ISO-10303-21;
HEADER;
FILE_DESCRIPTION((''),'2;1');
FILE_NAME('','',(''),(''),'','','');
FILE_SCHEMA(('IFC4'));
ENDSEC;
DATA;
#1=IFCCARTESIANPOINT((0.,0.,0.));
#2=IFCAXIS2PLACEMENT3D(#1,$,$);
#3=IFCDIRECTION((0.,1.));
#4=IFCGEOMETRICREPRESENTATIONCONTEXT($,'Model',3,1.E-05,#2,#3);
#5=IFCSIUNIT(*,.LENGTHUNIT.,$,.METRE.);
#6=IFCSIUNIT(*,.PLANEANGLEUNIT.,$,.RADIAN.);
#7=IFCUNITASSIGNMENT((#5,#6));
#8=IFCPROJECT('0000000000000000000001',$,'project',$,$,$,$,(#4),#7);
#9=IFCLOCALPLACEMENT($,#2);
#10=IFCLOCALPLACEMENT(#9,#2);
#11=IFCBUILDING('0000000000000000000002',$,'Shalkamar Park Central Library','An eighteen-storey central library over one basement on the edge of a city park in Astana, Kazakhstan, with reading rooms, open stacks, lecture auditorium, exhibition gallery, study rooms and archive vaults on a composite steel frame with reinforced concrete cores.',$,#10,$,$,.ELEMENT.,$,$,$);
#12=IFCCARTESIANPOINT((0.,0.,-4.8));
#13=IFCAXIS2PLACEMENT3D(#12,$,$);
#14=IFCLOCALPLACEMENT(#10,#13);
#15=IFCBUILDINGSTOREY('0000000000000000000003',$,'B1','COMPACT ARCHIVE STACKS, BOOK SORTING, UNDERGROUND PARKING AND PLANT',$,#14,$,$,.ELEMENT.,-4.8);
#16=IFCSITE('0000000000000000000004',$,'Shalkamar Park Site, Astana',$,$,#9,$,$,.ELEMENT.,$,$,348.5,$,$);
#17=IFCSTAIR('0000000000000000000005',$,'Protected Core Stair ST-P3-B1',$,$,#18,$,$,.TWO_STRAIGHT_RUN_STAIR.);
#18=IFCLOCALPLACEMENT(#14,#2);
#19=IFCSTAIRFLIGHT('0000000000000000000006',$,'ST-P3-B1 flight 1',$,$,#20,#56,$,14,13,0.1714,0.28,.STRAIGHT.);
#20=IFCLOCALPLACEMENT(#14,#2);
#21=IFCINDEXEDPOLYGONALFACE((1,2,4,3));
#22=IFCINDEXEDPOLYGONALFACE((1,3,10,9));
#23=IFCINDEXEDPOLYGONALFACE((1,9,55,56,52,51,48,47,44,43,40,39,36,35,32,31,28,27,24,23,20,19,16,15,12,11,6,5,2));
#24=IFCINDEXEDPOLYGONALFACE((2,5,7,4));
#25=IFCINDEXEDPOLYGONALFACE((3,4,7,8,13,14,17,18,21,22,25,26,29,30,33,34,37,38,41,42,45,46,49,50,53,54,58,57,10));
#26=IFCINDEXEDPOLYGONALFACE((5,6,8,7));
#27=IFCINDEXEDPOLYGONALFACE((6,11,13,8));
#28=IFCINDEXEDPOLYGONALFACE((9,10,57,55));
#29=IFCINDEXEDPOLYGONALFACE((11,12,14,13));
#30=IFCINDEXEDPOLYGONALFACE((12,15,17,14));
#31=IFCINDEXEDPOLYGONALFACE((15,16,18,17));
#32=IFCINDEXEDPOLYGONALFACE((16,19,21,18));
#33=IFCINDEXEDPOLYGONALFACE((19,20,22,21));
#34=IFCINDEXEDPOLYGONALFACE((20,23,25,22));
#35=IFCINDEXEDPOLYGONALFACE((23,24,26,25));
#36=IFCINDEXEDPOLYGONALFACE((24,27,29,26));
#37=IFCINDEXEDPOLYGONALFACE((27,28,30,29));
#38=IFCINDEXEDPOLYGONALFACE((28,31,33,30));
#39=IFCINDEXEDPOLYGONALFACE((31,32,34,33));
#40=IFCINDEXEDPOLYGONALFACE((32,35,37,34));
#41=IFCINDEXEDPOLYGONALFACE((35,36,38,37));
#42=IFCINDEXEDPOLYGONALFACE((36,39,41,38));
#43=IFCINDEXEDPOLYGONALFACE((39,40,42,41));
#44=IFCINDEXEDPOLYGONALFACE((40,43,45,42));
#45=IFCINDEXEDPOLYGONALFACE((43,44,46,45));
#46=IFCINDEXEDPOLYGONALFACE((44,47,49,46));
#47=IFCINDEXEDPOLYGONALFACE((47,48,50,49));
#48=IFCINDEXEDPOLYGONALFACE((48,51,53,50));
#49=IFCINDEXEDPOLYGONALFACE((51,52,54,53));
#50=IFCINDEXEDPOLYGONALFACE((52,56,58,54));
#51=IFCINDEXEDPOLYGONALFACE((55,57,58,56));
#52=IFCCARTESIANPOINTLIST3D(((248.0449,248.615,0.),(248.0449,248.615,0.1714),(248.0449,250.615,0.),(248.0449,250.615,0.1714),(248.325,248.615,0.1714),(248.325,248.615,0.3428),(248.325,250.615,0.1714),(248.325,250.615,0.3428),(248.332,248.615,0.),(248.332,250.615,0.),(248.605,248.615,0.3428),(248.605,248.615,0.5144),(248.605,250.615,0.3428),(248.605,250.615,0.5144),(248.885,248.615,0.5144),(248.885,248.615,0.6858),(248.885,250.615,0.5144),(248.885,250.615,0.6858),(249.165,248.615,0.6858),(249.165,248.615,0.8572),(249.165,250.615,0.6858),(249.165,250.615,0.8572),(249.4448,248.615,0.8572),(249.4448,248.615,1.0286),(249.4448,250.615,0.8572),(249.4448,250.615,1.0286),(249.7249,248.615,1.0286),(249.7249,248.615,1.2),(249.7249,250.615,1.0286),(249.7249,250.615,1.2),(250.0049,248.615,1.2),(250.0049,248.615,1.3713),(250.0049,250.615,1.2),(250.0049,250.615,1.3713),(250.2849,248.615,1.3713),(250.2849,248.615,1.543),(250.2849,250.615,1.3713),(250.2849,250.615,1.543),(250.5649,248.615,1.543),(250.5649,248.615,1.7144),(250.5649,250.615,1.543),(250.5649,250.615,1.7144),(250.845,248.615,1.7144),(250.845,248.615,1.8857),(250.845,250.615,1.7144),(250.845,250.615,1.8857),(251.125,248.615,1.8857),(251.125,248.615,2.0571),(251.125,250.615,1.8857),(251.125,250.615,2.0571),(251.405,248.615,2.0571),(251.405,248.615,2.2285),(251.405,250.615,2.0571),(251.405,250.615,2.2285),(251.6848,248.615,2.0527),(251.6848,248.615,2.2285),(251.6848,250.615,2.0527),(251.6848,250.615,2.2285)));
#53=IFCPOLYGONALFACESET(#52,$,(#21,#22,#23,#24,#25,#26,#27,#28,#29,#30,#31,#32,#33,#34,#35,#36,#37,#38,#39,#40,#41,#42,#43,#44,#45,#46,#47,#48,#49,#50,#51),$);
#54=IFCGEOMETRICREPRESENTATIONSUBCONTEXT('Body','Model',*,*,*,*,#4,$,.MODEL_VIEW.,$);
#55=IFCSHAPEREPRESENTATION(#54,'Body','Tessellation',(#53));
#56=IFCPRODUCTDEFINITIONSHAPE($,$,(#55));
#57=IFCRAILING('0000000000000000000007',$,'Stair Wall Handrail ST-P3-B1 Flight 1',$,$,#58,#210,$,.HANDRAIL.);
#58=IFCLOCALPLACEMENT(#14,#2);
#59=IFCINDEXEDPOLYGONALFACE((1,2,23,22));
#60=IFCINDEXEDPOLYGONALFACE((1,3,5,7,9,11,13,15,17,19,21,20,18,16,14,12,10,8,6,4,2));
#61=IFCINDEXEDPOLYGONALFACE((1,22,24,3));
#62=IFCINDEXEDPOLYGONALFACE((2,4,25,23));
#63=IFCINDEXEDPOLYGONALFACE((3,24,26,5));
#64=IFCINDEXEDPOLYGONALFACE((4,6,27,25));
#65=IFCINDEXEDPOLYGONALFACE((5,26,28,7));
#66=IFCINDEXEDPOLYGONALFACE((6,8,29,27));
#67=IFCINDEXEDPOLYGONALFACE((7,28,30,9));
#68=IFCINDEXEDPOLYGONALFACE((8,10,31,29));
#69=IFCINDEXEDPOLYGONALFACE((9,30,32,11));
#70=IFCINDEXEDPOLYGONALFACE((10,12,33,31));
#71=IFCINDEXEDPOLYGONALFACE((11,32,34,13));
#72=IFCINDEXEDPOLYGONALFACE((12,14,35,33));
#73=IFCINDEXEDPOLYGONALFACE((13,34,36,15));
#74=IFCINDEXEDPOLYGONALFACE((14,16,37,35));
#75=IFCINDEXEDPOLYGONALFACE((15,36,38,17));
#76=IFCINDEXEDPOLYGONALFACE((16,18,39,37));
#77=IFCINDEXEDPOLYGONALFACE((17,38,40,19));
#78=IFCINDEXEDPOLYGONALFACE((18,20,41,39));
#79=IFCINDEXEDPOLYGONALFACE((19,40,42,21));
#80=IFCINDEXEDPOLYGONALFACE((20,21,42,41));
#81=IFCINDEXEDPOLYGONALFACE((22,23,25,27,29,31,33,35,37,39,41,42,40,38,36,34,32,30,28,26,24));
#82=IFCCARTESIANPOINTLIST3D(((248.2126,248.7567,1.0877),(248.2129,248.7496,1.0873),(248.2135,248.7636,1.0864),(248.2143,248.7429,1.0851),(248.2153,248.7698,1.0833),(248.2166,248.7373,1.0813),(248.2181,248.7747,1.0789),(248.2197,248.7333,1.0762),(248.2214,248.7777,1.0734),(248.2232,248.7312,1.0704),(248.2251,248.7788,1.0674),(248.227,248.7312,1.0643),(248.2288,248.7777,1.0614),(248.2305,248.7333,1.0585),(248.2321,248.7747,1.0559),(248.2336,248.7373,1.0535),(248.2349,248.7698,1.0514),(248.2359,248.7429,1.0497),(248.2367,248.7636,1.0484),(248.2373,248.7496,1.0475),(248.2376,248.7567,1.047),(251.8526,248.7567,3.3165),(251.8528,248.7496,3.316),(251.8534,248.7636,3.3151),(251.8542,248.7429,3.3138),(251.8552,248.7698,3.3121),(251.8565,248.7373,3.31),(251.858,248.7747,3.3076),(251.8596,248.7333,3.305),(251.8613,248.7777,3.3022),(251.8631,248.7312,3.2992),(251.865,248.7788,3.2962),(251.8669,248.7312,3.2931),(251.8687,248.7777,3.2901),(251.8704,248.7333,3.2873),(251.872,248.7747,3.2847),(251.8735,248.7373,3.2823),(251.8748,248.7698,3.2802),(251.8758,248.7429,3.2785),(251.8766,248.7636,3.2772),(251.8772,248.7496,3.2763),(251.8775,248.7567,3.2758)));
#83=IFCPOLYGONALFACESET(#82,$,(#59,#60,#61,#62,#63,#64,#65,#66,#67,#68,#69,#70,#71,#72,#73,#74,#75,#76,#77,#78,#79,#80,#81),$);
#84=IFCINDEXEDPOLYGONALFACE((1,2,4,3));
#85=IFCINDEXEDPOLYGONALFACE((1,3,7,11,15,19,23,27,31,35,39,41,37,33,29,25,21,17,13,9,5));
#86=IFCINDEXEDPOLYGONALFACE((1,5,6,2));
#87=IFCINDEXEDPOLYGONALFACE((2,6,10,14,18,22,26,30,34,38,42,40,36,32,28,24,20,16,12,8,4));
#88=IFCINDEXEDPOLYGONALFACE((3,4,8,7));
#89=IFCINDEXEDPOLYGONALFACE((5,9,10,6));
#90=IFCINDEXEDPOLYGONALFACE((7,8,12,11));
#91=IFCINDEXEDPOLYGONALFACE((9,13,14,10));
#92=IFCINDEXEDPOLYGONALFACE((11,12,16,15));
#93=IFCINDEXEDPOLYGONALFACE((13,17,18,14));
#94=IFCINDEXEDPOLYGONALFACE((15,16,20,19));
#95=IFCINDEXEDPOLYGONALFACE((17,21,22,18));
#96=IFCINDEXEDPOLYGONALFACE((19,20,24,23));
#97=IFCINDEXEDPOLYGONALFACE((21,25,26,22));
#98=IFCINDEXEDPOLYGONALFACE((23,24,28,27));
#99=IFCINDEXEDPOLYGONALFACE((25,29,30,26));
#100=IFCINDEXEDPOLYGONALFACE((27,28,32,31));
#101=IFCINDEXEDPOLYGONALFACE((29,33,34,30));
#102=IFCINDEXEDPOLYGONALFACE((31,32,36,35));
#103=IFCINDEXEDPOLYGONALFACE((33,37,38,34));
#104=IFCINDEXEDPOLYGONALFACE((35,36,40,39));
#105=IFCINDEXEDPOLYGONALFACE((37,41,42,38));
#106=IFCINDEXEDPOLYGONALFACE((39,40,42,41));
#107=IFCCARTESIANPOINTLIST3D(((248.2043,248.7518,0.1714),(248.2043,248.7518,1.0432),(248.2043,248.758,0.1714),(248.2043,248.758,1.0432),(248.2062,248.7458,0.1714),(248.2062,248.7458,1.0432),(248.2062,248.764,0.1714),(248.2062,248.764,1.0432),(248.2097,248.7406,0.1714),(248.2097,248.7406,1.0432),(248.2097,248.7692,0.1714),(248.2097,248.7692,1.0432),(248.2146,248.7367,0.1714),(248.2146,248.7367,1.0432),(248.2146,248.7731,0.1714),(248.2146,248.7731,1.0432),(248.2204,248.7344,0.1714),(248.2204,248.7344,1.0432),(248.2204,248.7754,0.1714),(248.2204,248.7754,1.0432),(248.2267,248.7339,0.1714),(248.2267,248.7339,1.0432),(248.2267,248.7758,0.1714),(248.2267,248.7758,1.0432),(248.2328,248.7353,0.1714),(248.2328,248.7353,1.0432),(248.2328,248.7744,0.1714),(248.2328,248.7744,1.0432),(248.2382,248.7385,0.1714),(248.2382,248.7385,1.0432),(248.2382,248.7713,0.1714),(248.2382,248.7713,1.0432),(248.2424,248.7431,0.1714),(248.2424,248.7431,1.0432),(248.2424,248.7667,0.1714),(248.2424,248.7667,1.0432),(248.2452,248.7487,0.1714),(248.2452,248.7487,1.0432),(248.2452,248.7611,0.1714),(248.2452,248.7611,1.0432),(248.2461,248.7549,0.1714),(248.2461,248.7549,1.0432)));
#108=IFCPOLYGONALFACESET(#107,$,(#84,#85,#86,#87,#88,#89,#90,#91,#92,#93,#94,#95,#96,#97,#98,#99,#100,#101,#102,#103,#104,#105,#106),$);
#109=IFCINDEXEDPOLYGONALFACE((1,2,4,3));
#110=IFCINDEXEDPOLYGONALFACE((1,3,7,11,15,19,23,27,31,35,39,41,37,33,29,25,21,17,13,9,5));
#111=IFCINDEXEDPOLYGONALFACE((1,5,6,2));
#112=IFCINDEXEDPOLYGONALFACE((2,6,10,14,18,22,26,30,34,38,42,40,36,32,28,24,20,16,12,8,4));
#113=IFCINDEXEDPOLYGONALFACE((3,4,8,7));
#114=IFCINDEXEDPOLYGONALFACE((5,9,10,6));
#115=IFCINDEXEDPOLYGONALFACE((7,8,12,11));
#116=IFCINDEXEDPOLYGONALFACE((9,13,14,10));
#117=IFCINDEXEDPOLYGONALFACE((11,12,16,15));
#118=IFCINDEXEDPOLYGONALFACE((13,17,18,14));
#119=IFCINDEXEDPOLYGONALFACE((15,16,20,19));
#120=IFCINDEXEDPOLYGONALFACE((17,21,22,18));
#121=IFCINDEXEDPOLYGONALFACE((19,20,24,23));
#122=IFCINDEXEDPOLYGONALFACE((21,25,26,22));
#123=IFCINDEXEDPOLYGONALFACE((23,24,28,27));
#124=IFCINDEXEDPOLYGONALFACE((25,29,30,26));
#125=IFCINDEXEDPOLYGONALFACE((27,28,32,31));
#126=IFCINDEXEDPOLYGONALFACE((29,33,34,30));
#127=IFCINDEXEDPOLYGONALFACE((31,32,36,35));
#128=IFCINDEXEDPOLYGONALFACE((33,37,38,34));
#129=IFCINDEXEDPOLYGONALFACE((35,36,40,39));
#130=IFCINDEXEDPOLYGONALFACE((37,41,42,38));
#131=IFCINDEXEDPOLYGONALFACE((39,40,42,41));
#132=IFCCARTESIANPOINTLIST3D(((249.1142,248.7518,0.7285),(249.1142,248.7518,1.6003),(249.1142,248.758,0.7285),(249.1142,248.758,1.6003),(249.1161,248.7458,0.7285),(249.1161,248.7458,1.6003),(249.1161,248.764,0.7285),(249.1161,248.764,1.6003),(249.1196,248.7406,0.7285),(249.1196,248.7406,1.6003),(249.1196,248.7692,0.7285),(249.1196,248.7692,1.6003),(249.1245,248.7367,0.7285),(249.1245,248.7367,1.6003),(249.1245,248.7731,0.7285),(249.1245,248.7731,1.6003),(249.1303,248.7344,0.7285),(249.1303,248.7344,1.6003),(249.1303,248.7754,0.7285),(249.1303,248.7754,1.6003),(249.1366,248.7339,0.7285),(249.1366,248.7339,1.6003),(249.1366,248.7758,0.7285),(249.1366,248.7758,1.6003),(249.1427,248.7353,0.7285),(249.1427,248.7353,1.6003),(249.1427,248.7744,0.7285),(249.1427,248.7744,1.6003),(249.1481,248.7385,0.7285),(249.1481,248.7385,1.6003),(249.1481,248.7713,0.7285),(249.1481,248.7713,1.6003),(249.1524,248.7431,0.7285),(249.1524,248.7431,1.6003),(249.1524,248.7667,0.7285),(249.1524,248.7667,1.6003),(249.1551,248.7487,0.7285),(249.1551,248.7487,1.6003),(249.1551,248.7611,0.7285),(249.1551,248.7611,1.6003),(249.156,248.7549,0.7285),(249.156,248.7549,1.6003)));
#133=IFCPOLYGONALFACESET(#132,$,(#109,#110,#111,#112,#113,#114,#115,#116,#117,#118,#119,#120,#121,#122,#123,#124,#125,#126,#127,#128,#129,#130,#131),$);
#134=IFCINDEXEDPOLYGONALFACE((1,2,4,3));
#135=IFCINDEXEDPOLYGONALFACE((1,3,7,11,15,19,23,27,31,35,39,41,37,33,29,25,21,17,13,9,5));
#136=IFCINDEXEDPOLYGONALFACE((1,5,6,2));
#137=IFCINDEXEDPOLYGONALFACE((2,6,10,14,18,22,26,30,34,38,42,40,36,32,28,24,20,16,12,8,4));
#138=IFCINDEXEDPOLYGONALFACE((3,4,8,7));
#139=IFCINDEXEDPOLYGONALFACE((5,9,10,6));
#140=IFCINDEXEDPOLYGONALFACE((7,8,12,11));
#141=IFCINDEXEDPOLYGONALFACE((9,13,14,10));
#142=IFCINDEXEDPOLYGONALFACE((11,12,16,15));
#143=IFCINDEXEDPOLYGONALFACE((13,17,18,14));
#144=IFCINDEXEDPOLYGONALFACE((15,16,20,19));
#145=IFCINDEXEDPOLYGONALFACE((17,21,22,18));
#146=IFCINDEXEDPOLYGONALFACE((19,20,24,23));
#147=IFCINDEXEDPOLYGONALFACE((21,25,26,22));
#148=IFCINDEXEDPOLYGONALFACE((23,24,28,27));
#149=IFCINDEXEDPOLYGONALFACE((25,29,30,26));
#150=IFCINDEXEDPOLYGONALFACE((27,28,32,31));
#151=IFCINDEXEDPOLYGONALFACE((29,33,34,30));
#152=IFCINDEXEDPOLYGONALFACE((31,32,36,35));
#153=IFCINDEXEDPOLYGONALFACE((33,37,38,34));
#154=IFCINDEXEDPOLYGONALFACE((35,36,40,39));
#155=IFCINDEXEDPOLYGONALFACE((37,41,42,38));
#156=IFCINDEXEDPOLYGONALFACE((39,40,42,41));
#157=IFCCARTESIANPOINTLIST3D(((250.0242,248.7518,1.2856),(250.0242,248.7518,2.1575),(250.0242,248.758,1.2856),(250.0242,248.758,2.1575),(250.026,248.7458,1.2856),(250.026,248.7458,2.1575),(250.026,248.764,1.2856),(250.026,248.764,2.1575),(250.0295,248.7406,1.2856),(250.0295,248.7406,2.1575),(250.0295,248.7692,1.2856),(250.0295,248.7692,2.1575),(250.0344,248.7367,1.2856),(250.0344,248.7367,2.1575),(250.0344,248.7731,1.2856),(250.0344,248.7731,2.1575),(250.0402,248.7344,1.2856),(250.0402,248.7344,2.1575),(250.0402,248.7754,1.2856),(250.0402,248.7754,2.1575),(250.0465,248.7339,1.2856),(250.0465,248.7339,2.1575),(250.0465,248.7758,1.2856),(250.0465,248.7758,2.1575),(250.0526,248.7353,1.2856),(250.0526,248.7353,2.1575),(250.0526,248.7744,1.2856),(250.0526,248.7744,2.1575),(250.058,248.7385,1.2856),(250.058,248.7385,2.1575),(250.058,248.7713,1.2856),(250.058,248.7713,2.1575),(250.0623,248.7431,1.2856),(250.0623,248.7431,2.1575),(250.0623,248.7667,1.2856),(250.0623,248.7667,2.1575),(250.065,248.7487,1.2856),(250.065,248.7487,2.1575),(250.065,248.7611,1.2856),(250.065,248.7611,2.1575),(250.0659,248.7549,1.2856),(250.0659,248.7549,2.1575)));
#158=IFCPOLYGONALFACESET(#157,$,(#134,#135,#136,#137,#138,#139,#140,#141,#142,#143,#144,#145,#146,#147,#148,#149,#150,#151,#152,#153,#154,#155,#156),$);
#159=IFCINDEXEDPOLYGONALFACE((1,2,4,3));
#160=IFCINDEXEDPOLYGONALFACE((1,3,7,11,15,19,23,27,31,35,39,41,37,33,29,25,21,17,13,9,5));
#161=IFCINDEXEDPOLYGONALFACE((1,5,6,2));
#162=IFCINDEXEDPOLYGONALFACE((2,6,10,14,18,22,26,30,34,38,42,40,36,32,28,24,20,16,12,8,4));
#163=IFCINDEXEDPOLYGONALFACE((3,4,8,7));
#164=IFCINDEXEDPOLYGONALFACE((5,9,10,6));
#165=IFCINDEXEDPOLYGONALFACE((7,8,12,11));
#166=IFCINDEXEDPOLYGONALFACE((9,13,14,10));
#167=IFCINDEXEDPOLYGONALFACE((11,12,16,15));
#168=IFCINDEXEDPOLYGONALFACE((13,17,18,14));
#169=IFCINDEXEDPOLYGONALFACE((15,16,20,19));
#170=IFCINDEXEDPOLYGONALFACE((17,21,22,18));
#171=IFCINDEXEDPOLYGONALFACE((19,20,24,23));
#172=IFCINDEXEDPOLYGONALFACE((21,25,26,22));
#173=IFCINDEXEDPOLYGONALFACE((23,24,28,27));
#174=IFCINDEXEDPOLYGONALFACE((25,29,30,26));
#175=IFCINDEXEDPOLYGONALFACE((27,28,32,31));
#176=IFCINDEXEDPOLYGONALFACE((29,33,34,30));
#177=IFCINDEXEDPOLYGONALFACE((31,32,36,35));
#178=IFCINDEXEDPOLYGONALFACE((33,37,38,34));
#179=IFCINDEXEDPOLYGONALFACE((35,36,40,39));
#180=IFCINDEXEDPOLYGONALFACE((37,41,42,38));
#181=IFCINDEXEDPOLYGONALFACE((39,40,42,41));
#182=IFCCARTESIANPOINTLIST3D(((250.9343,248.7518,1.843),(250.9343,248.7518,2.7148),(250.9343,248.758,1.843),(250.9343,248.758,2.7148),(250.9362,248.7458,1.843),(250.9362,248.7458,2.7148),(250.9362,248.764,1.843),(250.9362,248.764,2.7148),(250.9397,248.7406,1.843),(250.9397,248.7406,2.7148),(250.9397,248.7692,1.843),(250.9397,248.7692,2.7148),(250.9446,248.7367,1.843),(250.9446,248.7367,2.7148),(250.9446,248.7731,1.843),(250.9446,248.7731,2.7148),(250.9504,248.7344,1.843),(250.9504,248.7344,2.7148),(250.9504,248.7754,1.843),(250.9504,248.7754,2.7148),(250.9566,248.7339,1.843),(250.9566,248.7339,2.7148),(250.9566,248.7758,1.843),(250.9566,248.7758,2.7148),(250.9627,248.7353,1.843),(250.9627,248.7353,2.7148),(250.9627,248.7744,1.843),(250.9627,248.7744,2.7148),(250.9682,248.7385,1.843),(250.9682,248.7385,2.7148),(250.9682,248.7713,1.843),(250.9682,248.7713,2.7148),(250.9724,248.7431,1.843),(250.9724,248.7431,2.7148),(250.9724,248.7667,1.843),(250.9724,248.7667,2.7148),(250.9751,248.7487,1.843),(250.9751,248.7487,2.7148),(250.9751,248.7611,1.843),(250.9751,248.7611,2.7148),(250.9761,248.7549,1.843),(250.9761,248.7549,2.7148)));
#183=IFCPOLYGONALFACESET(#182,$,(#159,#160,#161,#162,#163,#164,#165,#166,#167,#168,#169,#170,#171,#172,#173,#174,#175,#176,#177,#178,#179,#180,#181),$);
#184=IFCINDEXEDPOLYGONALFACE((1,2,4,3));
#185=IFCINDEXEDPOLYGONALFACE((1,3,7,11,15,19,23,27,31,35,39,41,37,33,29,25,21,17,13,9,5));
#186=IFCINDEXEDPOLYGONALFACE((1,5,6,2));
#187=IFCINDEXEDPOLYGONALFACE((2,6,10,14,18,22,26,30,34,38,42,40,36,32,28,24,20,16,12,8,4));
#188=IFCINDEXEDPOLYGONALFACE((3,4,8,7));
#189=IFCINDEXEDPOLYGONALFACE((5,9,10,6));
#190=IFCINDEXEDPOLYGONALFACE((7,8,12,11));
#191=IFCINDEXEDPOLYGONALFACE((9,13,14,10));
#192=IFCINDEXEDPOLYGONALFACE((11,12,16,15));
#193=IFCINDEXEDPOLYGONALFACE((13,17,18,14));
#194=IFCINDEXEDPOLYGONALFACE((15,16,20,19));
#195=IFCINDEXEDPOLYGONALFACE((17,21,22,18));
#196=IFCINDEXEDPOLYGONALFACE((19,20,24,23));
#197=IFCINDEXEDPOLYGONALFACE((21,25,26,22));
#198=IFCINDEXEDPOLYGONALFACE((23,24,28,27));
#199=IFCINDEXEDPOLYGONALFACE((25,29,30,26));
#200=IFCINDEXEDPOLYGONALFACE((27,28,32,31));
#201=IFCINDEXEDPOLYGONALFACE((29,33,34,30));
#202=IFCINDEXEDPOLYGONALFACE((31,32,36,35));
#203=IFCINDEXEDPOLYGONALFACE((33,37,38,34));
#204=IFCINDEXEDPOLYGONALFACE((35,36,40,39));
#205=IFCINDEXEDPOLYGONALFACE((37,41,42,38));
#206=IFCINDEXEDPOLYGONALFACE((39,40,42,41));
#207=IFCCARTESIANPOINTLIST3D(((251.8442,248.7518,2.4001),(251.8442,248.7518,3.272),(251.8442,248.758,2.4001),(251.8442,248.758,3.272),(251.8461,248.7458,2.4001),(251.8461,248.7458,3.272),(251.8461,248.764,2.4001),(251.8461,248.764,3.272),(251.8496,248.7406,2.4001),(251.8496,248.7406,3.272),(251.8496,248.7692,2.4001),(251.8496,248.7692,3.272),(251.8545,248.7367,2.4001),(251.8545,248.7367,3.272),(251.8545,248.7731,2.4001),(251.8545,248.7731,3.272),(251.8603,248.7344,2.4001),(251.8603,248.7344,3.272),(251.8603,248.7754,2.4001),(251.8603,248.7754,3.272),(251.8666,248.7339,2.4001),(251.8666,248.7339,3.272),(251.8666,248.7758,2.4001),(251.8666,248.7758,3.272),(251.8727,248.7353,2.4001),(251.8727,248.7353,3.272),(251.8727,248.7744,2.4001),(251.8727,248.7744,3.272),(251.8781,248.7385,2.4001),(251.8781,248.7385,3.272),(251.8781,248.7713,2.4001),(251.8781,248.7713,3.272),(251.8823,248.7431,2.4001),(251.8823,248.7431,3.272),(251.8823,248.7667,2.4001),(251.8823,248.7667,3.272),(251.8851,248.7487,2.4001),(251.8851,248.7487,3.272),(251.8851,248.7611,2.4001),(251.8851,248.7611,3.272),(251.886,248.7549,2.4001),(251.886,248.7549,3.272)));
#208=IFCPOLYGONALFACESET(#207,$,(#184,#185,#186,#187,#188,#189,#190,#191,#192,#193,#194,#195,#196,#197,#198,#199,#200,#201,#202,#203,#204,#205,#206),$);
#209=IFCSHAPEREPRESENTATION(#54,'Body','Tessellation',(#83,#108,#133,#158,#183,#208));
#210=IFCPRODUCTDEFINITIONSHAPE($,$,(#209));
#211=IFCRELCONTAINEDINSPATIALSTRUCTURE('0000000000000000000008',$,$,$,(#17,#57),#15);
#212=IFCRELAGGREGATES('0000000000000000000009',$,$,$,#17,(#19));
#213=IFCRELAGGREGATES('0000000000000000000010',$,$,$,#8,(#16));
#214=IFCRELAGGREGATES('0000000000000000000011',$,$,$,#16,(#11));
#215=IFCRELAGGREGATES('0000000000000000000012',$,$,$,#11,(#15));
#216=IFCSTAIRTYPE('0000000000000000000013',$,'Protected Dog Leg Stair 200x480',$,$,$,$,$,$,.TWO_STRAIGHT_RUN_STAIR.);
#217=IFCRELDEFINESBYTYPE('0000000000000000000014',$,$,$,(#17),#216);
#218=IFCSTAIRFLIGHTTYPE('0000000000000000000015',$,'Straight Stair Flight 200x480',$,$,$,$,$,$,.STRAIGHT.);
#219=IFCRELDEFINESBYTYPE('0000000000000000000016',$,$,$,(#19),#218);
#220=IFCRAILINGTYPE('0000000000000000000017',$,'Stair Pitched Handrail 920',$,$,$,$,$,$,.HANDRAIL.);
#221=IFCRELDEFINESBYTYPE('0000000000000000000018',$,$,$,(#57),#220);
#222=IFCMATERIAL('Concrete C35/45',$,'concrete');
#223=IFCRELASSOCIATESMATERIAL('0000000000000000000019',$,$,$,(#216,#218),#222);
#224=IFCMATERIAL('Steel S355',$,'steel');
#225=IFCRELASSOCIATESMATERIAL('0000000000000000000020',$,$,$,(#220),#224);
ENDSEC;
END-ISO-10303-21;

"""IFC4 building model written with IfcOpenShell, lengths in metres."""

from ifc_helpers import new_model, si_unit, direction, frame, origin, origin_2d, place, context, subcontext, project, spatial, polyline, circle, outline, extrude, material, type_object, element, aggregate, save


model = new_model("IFC4")

# Units and contexts
model_context = context("Model", 3, precision=1e-05, world=origin(), true_north=direction((0.0, 1.0)))
body_context = subcontext(model_context, "Body", "Model", "MODEL_VIEW")
ifc_project = project(units=[si_unit("LENGTHUNIT", "METRE"), si_unit("PLANEANGLEUNIT", "RADIAN")], contexts=[model_context])

# Site, building, storey
site_placement = place(None, origin())
site = spatial("IfcSite", under=ifc_project, at=site_placement, Name="Shalkamar Park Site, Astana", CompositionType="ELEMENT", RefElevation=348.5)
building_placement = place(site_placement, origin())
building = spatial("IfcBuilding", under=site, at=building_placement, Name="Shalkamar Park Central Library", Description="An eighteen-storey central library over one basement on the edge of a city park in Astana, Kazakhstan, with reading rooms, open stacks, lecture auditorium, exhibition gallery, study rooms and archive vaults on a composite steel frame with reinforced concrete cores.", CompositionType="ELEMENT")
storey_placement = place(building_placement, frame((0.0, 0.0, -4.8)))
storey = spatial("IfcBuildingStorey", under=building, at=storey_placement, Name="B1", Description="COMPACT ARCHIVE STACKS, BOOK SORTING, UNDERGROUND PARKING AND PLANT", CompositionType="ELEMENT", Elevation=-4.8)

# Shared definitions
ifc_material_1 = material(Name="Concrete C35/45", Category="concrete")

# Shared definitions
ifc_material_2 = material(Name="Steel S355", Category="steel")

# Stair, stair flight
stair_type = type_object("IfcStairType", Name="Protected Dog Leg Stair 200x480", PredefinedType="TWO_STRAIGHT_RUN_STAIR", material=ifc_material_1)
stair_placement = place(storey_placement, origin())
stair = element("IfcStair", 1, at=stair_placement, inside=storey, type_object=stair_type, Name="Protected Core Stair ST-P3-B1", PredefinedType="TWO_STRAIGHT_RUN_STAIR")
stair_flight_type = type_object("IfcStairFlightType", Name="Straight Stair Flight 200x480", PredefinedType="STRAIGHT", material=ifc_material_1)
stair_flight_placement = place(storey_placement, frame((248.0449, 249.615, 0.0), z_axis=(0.0, 0.0, 1.0), x_axis=(1.0, 0.0, 0.0)))
stair_flight = element("IfcStairFlight", 2, at=stair_flight_placement, type_object=stair_flight_type, Name="ST-P3-B1 flight 1", NumberOfRisers=14, NumberOfTreads=13, PredefinedType="STRAIGHT", RiserHeight=0.1714, TreadLength=0.28, context=body_context, shape_type="SweptSolid", body=[
    extrude(outline(polyline([(0.0, 0.0), (0.0, 0.1714), (0.28, 0.1714), (0.28, 0.3428), (0.5601, 0.3428), (0.5601, 0.5144), (0.8401, 0.5144), (0.8401, 0.6858), (1.1201, 0.6858), (1.1201, 0.8572), (1.3999, 0.8572), (1.3999, 1.0286), (1.6799, 1.0286), (1.6799, 1.2), (1.96, 1.2), (1.96, 1.3713), (2.24, 1.3713), (2.24, 1.543), (2.52, 1.543), (2.52, 1.7144), (2.8, 1.7144), (2.8, 1.8857), (3.0801, 1.8857), (3.0801, 2.0571), (3.3601, 2.0571), (3.3601, 2.2285), (3.6399, 2.2285), (3.6399, 2.3999), (3.6399, 2.0527), (0.2871, 0.0), (0.0, 0.0)])), frame((0.0, 1.0, 0.0), z_axis=(0.0, -1.0, 0.0), x_axis=(1.0, 0.0, 0.0)), (0.0, 0.0, 1.0), 2.0),
])
aggregate(stair, [stair_flight])

# Railing
railing_type_1 = type_object("IfcRailingType", Name="Stair Pitched Handrail 920", PredefinedType="HANDRAIL", material=ifc_material_2)
railing_1_placement = place(storey_placement, frame((248.2251, 248.7549, 0.1714)))
element("IfcRailing", 3, at=railing_1_placement, inside=storey, type_object=railing_type_1, Name="Stair Wall Handrail ST-P3-B1 Flight 1", PredefinedType="HANDRAIL", context=body_context, shape_type="SweptSolid", body=[
    extrude(circle(Radius=0.0239, at=origin_2d()), frame((0.0, 0.0, 0.896), z_axis=(0.852825, 0.0, 0.522197), x_axis=(0.0, 1.0, 0.0)), (0.0, 0.0, 1.0), 4.2681),
    extrude(circle(Radius=0.021, at=origin_2d()), origin(), (0.0, 0.0, 1.0), 0.8718),
    extrude(circle(Radius=0.021, at=origin_2d()), frame((0.9099, 0.0, 0.5571)), (0.0, 0.0, 1.0), 0.8718),
    extrude(circle(Radius=0.021, at=origin_2d()), frame((1.8198, 0.0, 1.1143)), (0.0, 0.0, 1.0), 0.8718),
    extrude(circle(Radius=0.021, at=origin_2d()), frame((2.73, 0.0, 1.6716)), (0.0, 0.0, 1.0), 0.8718),
    extrude(circle(Radius=0.021, at=origin_2d()), frame((3.6399, 0.0, 2.2288)), (0.0, 0.0, 1.0), 0.8718),
])

save(model, "model.ifc")
